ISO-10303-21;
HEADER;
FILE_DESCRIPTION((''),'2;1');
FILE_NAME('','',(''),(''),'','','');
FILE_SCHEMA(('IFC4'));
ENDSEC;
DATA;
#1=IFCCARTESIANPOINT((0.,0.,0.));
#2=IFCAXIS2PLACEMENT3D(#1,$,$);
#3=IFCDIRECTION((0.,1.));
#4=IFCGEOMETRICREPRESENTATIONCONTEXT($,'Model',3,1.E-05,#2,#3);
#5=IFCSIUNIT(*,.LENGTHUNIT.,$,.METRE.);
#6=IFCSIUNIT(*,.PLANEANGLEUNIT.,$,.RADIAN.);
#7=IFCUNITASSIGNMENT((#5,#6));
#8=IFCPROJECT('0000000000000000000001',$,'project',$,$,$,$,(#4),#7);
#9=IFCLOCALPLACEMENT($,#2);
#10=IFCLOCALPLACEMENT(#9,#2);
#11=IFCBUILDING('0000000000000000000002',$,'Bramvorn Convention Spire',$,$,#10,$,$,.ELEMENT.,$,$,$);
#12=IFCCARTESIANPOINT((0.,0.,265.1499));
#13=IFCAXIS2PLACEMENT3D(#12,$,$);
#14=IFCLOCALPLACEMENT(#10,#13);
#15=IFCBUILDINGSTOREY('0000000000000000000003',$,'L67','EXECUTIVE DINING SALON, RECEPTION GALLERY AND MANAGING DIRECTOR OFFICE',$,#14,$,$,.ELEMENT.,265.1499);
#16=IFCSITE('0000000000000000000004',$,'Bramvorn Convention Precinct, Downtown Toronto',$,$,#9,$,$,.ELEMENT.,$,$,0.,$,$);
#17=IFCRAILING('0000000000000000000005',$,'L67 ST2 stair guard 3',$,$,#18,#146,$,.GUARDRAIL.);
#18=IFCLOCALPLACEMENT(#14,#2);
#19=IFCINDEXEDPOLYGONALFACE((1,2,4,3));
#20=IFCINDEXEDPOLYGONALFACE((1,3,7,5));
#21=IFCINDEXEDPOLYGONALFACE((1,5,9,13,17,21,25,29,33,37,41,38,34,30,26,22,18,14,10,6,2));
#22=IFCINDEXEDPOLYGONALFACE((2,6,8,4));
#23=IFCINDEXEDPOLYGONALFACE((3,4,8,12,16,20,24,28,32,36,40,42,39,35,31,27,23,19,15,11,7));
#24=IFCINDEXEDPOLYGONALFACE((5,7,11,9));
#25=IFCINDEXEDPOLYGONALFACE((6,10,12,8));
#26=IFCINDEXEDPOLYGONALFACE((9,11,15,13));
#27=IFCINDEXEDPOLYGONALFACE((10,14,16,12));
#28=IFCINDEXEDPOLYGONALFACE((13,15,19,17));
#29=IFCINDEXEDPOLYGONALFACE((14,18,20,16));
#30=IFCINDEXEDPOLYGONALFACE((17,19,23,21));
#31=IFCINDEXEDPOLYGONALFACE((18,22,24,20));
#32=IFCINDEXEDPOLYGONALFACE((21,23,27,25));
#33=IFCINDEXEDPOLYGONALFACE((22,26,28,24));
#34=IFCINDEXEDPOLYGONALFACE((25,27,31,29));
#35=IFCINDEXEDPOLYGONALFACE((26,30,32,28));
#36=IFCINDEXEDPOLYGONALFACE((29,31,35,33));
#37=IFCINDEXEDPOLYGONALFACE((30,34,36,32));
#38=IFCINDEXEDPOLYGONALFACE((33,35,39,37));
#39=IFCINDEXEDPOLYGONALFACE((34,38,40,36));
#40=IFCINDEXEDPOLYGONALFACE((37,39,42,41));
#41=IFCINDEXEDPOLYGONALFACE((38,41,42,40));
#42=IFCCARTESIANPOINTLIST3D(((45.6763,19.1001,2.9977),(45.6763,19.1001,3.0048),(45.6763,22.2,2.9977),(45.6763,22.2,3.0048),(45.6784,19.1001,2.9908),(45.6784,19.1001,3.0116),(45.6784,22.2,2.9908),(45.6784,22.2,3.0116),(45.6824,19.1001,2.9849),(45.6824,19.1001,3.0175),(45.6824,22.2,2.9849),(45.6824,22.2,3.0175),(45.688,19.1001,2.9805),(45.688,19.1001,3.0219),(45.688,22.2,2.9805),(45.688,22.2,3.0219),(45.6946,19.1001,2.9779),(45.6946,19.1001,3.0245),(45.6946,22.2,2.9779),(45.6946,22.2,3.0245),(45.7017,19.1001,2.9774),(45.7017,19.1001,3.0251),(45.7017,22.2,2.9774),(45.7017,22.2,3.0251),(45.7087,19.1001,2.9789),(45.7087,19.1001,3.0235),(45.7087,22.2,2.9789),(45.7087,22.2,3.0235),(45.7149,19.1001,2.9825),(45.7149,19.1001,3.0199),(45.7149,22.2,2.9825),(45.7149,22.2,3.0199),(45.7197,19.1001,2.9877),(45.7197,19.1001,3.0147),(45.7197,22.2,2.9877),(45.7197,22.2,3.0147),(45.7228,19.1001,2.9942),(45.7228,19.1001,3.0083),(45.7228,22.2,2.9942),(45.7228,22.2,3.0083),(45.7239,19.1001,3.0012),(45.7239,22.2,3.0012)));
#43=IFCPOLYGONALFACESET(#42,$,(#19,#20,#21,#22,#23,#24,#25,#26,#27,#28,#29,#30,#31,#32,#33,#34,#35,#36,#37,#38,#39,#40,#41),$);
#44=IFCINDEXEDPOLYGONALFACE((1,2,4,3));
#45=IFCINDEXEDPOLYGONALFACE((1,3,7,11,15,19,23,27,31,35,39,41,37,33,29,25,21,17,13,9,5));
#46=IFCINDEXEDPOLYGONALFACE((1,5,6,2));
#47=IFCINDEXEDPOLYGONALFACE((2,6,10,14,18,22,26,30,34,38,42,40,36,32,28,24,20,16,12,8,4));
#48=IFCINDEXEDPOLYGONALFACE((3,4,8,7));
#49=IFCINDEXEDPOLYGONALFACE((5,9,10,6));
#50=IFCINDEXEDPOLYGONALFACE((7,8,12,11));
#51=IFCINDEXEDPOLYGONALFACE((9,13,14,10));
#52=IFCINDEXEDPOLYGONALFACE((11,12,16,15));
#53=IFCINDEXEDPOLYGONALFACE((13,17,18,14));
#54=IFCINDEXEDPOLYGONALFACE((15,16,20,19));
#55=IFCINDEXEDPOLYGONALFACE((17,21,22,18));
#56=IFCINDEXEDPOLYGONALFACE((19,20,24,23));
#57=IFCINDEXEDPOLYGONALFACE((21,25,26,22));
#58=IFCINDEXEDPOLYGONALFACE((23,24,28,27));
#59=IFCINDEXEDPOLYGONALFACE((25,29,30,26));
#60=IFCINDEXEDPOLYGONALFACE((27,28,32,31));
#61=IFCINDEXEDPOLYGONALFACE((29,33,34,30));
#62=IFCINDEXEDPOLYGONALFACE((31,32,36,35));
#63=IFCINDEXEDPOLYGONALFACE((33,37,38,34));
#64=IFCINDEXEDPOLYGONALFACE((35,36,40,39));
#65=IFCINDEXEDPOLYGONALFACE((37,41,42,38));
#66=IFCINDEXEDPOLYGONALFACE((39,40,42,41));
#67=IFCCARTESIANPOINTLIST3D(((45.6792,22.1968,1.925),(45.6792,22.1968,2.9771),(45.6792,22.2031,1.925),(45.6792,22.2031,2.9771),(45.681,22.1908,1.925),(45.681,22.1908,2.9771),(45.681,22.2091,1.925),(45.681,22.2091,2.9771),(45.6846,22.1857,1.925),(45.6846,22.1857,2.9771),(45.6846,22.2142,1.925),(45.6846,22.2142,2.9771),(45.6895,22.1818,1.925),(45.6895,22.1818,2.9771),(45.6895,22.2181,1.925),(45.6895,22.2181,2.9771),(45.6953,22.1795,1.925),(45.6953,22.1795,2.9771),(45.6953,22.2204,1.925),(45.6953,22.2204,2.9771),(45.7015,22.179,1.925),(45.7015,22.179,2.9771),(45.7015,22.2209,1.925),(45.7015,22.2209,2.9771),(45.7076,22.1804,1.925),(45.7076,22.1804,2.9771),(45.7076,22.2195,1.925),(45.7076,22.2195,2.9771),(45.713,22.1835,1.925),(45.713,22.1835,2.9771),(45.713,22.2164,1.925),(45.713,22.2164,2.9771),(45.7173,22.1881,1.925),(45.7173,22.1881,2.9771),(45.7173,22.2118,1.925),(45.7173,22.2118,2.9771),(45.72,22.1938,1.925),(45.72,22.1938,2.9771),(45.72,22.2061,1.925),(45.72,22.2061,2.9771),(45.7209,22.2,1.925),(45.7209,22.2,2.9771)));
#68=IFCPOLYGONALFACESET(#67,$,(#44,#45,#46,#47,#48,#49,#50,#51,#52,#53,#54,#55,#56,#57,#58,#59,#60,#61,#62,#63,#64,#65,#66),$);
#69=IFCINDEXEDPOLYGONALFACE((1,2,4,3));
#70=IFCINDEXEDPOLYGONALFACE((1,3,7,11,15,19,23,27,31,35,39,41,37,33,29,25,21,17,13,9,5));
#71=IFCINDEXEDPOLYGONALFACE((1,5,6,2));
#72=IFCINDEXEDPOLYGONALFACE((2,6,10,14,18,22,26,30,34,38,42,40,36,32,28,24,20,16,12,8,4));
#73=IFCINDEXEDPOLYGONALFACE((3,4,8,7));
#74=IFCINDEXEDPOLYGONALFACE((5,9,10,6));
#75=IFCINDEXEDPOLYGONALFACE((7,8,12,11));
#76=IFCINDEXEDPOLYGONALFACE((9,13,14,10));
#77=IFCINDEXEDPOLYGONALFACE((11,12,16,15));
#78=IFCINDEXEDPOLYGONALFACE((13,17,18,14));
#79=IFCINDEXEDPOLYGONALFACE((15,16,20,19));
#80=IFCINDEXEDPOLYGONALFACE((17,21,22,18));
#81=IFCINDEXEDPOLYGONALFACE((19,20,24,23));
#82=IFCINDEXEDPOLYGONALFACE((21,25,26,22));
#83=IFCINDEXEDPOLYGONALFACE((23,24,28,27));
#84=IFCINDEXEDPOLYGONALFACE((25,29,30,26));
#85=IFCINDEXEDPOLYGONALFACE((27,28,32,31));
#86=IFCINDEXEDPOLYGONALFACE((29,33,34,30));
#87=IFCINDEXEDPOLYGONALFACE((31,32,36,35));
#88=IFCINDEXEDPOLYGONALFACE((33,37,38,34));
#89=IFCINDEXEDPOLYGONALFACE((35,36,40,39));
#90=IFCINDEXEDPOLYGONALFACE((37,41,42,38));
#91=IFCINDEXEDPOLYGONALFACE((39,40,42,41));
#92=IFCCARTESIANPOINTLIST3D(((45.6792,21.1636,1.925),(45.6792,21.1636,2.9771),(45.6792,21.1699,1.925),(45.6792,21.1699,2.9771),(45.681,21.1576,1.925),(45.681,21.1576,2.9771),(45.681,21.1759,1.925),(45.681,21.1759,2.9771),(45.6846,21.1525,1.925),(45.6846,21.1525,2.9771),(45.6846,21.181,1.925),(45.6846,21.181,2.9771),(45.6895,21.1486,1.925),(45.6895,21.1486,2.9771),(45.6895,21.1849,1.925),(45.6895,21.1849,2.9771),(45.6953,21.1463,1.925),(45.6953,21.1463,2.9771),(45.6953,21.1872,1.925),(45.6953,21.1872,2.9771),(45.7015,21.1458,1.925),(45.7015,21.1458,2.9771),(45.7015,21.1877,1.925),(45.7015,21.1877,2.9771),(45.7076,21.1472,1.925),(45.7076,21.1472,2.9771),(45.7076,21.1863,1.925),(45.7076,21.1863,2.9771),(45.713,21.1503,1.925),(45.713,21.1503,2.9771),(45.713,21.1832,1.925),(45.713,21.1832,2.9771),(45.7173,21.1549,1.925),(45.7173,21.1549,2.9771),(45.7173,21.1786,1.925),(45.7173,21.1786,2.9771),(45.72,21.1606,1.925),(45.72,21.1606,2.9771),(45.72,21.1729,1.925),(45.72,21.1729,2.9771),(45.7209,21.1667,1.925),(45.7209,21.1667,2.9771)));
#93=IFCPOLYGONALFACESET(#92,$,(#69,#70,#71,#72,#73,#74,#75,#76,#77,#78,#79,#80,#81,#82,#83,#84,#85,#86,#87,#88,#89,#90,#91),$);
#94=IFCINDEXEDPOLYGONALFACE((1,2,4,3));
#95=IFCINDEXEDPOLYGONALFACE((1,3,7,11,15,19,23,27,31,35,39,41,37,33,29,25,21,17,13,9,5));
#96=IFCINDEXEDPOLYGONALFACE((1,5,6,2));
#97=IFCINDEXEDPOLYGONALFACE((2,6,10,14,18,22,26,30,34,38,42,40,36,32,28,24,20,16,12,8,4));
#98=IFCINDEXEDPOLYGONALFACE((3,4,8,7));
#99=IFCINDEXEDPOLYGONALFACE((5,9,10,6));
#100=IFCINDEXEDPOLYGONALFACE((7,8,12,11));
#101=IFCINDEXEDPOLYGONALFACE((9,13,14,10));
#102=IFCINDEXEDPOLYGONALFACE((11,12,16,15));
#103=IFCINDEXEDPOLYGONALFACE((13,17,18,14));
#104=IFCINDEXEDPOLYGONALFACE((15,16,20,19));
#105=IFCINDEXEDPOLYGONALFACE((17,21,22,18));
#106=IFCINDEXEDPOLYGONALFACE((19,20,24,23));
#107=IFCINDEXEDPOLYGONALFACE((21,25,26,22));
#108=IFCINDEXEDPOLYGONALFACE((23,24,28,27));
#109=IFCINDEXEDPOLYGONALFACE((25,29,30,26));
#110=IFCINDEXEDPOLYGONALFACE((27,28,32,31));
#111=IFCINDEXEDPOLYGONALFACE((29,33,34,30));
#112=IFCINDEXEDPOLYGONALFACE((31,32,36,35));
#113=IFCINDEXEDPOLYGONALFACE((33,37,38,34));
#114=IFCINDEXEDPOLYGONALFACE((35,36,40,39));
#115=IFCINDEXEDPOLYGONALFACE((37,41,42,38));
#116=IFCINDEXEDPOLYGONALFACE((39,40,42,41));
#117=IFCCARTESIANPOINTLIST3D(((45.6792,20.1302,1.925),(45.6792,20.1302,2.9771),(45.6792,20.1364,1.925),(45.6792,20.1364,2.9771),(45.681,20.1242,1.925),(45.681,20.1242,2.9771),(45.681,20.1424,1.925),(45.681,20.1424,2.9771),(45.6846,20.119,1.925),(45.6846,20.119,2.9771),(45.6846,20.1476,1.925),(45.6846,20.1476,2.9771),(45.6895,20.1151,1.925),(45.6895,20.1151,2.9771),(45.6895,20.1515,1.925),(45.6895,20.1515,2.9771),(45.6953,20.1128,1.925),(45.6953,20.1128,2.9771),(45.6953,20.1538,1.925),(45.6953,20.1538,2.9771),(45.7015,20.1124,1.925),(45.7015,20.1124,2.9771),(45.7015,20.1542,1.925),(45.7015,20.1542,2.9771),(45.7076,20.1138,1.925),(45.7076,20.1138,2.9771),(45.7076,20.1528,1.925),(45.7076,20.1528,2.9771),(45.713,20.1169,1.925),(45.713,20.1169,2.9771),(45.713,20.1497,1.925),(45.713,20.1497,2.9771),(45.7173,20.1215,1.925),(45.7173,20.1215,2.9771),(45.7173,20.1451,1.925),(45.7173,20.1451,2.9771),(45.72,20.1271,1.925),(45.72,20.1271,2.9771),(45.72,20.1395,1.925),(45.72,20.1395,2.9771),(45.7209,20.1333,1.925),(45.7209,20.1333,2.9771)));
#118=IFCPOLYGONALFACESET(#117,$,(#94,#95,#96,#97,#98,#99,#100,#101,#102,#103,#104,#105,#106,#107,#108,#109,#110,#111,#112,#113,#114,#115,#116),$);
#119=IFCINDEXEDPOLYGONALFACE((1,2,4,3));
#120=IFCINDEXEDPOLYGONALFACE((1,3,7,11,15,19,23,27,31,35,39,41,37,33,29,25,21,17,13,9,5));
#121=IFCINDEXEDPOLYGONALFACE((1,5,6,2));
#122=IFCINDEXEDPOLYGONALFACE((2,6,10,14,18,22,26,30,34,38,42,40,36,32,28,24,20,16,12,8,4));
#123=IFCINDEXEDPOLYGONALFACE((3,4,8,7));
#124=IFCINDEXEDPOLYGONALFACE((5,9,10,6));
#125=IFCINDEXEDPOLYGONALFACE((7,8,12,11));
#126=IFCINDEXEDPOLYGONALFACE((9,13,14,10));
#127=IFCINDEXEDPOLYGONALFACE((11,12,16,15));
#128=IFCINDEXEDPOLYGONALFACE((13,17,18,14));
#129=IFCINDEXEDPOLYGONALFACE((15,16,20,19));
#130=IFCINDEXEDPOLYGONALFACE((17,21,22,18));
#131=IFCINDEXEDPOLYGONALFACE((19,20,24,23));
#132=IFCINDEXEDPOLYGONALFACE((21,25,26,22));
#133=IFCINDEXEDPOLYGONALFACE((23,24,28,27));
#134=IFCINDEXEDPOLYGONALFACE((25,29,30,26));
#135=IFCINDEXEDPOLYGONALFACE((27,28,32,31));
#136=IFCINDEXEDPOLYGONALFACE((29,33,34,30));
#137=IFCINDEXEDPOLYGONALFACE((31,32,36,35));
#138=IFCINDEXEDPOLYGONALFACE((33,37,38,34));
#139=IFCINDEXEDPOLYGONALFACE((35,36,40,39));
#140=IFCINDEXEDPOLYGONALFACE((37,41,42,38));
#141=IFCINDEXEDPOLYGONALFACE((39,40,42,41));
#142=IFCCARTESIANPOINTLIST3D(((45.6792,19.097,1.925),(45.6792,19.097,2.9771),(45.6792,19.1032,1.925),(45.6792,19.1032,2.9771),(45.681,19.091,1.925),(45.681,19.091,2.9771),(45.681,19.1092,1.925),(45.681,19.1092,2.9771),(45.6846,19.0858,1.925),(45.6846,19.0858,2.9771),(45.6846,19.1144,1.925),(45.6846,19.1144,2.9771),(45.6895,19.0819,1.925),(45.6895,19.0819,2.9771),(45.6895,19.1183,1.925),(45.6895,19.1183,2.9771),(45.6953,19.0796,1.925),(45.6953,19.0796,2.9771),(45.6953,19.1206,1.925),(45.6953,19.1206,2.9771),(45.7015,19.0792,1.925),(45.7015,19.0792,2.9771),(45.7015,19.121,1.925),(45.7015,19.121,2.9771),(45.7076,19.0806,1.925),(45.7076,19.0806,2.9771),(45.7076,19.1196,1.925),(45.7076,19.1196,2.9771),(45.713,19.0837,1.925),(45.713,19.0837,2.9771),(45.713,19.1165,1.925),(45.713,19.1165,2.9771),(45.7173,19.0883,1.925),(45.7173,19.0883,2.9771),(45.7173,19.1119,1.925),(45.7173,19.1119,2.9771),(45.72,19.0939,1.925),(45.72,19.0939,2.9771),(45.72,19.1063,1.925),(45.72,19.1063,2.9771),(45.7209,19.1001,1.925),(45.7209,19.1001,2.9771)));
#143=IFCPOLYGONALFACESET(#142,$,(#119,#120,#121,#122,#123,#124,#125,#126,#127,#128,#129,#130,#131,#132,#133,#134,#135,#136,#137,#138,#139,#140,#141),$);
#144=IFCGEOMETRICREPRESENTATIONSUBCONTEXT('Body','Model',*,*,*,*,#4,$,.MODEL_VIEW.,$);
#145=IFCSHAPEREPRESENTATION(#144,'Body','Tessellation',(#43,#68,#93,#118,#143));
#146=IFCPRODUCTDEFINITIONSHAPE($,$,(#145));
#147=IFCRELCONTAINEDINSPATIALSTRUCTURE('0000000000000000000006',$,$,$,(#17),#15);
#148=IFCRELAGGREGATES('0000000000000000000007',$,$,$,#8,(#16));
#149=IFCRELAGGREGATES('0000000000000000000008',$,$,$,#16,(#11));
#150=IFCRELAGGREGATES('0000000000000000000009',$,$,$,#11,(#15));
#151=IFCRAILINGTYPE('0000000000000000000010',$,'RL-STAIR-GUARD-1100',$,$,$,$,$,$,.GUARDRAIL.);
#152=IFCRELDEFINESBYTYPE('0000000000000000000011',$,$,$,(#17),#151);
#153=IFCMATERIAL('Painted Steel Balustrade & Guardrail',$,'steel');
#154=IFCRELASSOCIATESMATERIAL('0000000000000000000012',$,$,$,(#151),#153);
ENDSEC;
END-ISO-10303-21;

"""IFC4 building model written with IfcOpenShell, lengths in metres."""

from ifc_helpers import new_model, si_unit, direction, frame, origin, origin_2d, place, context, subcontext, project, spatial, circle, extrude, material, type_object, element, save


model = new_model("IFC4")

# Units and contexts
model_context = context("Model", 3, precision=1e-05, world=origin(), true_north=direction((0.0, 1.0)))
body_context = subcontext(model_context, "Body", "Model", "MODEL_VIEW")
ifc_project = project(units=[si_unit("LENGTHUNIT", "METRE"), si_unit("PLANEANGLEUNIT", "RADIAN")], contexts=[model_context])

# Site, building, storey
site_placement = place(None, origin())
site = spatial("IfcSite", under=ifc_project, at=site_placement, Name="Bramvorn Convention Precinct, Downtown Toronto", CompositionType="ELEMENT", RefElevation=0.0)
building_placement = place(site_placement, origin())
building = spatial("IfcBuilding", under=site, at=building_placement, Name="Bramvorn Convention Spire", CompositionType="ELEMENT")
storey_placement = place(building_placement, frame((0.0, 0.0, 265.1499)))
storey = spatial("IfcBuildingStorey", under=building, at=storey_placement, Name="L67", Description="EXECUTIVE DINING SALON, RECEPTION GALLERY AND MANAGING DIRECTOR OFFICE", CompositionType="ELEMENT", Elevation=265.1499)

# Railing
ifc_material_1 = material(Name="Painted Steel Balustrade & Guardrail", Category="steel")
railing_type_1 = type_object("IfcRailingType", Name="RL-STAIR-GUARD-1100", PredefinedType="GUARDRAIL", material=ifc_material_1)
railing_1_placement = place(storey_placement, frame((45.7, 22.2, 1.925)))
element("IfcRailing", 1, at=railing_1_placement, inside=storey, type_object=railing_type_1, Name="L67 ST2 stair guard 3", PredefinedType="GUARDRAIL", context=body_context, shape_type="SweptSolid", body=[
    extrude(circle(Radius=0.0239, at=origin_2d()), frame((0.0, 0.0, 1.0762), z_axis=(0.0, -1.0, 0.0), x_axis=(1.0, 0.0, 0.0)), (0.0, 0.0, 1.0), 3.0999),
    extrude(circle(Radius=0.021, at=origin_2d()), origin(), (0.0, 0.0, 1.0), 1.052),
    extrude(circle(Radius=0.021, at=origin_2d()), frame((0.0, -1.0332, 0.0)), (0.0, 0.0, 1.0), 1.052),
    extrude(circle(Radius=0.021, at=origin_2d()), frame((0.0, -2.0667, 0.0)), (0.0, 0.0, 1.0), 1.052),
    extrude(circle(Radius=0.021, at=origin_2d()), frame((0.0, -3.0999, 0.0)), (0.0, 0.0, 1.0), 1.052),
])

save(model, "model.ifc")
